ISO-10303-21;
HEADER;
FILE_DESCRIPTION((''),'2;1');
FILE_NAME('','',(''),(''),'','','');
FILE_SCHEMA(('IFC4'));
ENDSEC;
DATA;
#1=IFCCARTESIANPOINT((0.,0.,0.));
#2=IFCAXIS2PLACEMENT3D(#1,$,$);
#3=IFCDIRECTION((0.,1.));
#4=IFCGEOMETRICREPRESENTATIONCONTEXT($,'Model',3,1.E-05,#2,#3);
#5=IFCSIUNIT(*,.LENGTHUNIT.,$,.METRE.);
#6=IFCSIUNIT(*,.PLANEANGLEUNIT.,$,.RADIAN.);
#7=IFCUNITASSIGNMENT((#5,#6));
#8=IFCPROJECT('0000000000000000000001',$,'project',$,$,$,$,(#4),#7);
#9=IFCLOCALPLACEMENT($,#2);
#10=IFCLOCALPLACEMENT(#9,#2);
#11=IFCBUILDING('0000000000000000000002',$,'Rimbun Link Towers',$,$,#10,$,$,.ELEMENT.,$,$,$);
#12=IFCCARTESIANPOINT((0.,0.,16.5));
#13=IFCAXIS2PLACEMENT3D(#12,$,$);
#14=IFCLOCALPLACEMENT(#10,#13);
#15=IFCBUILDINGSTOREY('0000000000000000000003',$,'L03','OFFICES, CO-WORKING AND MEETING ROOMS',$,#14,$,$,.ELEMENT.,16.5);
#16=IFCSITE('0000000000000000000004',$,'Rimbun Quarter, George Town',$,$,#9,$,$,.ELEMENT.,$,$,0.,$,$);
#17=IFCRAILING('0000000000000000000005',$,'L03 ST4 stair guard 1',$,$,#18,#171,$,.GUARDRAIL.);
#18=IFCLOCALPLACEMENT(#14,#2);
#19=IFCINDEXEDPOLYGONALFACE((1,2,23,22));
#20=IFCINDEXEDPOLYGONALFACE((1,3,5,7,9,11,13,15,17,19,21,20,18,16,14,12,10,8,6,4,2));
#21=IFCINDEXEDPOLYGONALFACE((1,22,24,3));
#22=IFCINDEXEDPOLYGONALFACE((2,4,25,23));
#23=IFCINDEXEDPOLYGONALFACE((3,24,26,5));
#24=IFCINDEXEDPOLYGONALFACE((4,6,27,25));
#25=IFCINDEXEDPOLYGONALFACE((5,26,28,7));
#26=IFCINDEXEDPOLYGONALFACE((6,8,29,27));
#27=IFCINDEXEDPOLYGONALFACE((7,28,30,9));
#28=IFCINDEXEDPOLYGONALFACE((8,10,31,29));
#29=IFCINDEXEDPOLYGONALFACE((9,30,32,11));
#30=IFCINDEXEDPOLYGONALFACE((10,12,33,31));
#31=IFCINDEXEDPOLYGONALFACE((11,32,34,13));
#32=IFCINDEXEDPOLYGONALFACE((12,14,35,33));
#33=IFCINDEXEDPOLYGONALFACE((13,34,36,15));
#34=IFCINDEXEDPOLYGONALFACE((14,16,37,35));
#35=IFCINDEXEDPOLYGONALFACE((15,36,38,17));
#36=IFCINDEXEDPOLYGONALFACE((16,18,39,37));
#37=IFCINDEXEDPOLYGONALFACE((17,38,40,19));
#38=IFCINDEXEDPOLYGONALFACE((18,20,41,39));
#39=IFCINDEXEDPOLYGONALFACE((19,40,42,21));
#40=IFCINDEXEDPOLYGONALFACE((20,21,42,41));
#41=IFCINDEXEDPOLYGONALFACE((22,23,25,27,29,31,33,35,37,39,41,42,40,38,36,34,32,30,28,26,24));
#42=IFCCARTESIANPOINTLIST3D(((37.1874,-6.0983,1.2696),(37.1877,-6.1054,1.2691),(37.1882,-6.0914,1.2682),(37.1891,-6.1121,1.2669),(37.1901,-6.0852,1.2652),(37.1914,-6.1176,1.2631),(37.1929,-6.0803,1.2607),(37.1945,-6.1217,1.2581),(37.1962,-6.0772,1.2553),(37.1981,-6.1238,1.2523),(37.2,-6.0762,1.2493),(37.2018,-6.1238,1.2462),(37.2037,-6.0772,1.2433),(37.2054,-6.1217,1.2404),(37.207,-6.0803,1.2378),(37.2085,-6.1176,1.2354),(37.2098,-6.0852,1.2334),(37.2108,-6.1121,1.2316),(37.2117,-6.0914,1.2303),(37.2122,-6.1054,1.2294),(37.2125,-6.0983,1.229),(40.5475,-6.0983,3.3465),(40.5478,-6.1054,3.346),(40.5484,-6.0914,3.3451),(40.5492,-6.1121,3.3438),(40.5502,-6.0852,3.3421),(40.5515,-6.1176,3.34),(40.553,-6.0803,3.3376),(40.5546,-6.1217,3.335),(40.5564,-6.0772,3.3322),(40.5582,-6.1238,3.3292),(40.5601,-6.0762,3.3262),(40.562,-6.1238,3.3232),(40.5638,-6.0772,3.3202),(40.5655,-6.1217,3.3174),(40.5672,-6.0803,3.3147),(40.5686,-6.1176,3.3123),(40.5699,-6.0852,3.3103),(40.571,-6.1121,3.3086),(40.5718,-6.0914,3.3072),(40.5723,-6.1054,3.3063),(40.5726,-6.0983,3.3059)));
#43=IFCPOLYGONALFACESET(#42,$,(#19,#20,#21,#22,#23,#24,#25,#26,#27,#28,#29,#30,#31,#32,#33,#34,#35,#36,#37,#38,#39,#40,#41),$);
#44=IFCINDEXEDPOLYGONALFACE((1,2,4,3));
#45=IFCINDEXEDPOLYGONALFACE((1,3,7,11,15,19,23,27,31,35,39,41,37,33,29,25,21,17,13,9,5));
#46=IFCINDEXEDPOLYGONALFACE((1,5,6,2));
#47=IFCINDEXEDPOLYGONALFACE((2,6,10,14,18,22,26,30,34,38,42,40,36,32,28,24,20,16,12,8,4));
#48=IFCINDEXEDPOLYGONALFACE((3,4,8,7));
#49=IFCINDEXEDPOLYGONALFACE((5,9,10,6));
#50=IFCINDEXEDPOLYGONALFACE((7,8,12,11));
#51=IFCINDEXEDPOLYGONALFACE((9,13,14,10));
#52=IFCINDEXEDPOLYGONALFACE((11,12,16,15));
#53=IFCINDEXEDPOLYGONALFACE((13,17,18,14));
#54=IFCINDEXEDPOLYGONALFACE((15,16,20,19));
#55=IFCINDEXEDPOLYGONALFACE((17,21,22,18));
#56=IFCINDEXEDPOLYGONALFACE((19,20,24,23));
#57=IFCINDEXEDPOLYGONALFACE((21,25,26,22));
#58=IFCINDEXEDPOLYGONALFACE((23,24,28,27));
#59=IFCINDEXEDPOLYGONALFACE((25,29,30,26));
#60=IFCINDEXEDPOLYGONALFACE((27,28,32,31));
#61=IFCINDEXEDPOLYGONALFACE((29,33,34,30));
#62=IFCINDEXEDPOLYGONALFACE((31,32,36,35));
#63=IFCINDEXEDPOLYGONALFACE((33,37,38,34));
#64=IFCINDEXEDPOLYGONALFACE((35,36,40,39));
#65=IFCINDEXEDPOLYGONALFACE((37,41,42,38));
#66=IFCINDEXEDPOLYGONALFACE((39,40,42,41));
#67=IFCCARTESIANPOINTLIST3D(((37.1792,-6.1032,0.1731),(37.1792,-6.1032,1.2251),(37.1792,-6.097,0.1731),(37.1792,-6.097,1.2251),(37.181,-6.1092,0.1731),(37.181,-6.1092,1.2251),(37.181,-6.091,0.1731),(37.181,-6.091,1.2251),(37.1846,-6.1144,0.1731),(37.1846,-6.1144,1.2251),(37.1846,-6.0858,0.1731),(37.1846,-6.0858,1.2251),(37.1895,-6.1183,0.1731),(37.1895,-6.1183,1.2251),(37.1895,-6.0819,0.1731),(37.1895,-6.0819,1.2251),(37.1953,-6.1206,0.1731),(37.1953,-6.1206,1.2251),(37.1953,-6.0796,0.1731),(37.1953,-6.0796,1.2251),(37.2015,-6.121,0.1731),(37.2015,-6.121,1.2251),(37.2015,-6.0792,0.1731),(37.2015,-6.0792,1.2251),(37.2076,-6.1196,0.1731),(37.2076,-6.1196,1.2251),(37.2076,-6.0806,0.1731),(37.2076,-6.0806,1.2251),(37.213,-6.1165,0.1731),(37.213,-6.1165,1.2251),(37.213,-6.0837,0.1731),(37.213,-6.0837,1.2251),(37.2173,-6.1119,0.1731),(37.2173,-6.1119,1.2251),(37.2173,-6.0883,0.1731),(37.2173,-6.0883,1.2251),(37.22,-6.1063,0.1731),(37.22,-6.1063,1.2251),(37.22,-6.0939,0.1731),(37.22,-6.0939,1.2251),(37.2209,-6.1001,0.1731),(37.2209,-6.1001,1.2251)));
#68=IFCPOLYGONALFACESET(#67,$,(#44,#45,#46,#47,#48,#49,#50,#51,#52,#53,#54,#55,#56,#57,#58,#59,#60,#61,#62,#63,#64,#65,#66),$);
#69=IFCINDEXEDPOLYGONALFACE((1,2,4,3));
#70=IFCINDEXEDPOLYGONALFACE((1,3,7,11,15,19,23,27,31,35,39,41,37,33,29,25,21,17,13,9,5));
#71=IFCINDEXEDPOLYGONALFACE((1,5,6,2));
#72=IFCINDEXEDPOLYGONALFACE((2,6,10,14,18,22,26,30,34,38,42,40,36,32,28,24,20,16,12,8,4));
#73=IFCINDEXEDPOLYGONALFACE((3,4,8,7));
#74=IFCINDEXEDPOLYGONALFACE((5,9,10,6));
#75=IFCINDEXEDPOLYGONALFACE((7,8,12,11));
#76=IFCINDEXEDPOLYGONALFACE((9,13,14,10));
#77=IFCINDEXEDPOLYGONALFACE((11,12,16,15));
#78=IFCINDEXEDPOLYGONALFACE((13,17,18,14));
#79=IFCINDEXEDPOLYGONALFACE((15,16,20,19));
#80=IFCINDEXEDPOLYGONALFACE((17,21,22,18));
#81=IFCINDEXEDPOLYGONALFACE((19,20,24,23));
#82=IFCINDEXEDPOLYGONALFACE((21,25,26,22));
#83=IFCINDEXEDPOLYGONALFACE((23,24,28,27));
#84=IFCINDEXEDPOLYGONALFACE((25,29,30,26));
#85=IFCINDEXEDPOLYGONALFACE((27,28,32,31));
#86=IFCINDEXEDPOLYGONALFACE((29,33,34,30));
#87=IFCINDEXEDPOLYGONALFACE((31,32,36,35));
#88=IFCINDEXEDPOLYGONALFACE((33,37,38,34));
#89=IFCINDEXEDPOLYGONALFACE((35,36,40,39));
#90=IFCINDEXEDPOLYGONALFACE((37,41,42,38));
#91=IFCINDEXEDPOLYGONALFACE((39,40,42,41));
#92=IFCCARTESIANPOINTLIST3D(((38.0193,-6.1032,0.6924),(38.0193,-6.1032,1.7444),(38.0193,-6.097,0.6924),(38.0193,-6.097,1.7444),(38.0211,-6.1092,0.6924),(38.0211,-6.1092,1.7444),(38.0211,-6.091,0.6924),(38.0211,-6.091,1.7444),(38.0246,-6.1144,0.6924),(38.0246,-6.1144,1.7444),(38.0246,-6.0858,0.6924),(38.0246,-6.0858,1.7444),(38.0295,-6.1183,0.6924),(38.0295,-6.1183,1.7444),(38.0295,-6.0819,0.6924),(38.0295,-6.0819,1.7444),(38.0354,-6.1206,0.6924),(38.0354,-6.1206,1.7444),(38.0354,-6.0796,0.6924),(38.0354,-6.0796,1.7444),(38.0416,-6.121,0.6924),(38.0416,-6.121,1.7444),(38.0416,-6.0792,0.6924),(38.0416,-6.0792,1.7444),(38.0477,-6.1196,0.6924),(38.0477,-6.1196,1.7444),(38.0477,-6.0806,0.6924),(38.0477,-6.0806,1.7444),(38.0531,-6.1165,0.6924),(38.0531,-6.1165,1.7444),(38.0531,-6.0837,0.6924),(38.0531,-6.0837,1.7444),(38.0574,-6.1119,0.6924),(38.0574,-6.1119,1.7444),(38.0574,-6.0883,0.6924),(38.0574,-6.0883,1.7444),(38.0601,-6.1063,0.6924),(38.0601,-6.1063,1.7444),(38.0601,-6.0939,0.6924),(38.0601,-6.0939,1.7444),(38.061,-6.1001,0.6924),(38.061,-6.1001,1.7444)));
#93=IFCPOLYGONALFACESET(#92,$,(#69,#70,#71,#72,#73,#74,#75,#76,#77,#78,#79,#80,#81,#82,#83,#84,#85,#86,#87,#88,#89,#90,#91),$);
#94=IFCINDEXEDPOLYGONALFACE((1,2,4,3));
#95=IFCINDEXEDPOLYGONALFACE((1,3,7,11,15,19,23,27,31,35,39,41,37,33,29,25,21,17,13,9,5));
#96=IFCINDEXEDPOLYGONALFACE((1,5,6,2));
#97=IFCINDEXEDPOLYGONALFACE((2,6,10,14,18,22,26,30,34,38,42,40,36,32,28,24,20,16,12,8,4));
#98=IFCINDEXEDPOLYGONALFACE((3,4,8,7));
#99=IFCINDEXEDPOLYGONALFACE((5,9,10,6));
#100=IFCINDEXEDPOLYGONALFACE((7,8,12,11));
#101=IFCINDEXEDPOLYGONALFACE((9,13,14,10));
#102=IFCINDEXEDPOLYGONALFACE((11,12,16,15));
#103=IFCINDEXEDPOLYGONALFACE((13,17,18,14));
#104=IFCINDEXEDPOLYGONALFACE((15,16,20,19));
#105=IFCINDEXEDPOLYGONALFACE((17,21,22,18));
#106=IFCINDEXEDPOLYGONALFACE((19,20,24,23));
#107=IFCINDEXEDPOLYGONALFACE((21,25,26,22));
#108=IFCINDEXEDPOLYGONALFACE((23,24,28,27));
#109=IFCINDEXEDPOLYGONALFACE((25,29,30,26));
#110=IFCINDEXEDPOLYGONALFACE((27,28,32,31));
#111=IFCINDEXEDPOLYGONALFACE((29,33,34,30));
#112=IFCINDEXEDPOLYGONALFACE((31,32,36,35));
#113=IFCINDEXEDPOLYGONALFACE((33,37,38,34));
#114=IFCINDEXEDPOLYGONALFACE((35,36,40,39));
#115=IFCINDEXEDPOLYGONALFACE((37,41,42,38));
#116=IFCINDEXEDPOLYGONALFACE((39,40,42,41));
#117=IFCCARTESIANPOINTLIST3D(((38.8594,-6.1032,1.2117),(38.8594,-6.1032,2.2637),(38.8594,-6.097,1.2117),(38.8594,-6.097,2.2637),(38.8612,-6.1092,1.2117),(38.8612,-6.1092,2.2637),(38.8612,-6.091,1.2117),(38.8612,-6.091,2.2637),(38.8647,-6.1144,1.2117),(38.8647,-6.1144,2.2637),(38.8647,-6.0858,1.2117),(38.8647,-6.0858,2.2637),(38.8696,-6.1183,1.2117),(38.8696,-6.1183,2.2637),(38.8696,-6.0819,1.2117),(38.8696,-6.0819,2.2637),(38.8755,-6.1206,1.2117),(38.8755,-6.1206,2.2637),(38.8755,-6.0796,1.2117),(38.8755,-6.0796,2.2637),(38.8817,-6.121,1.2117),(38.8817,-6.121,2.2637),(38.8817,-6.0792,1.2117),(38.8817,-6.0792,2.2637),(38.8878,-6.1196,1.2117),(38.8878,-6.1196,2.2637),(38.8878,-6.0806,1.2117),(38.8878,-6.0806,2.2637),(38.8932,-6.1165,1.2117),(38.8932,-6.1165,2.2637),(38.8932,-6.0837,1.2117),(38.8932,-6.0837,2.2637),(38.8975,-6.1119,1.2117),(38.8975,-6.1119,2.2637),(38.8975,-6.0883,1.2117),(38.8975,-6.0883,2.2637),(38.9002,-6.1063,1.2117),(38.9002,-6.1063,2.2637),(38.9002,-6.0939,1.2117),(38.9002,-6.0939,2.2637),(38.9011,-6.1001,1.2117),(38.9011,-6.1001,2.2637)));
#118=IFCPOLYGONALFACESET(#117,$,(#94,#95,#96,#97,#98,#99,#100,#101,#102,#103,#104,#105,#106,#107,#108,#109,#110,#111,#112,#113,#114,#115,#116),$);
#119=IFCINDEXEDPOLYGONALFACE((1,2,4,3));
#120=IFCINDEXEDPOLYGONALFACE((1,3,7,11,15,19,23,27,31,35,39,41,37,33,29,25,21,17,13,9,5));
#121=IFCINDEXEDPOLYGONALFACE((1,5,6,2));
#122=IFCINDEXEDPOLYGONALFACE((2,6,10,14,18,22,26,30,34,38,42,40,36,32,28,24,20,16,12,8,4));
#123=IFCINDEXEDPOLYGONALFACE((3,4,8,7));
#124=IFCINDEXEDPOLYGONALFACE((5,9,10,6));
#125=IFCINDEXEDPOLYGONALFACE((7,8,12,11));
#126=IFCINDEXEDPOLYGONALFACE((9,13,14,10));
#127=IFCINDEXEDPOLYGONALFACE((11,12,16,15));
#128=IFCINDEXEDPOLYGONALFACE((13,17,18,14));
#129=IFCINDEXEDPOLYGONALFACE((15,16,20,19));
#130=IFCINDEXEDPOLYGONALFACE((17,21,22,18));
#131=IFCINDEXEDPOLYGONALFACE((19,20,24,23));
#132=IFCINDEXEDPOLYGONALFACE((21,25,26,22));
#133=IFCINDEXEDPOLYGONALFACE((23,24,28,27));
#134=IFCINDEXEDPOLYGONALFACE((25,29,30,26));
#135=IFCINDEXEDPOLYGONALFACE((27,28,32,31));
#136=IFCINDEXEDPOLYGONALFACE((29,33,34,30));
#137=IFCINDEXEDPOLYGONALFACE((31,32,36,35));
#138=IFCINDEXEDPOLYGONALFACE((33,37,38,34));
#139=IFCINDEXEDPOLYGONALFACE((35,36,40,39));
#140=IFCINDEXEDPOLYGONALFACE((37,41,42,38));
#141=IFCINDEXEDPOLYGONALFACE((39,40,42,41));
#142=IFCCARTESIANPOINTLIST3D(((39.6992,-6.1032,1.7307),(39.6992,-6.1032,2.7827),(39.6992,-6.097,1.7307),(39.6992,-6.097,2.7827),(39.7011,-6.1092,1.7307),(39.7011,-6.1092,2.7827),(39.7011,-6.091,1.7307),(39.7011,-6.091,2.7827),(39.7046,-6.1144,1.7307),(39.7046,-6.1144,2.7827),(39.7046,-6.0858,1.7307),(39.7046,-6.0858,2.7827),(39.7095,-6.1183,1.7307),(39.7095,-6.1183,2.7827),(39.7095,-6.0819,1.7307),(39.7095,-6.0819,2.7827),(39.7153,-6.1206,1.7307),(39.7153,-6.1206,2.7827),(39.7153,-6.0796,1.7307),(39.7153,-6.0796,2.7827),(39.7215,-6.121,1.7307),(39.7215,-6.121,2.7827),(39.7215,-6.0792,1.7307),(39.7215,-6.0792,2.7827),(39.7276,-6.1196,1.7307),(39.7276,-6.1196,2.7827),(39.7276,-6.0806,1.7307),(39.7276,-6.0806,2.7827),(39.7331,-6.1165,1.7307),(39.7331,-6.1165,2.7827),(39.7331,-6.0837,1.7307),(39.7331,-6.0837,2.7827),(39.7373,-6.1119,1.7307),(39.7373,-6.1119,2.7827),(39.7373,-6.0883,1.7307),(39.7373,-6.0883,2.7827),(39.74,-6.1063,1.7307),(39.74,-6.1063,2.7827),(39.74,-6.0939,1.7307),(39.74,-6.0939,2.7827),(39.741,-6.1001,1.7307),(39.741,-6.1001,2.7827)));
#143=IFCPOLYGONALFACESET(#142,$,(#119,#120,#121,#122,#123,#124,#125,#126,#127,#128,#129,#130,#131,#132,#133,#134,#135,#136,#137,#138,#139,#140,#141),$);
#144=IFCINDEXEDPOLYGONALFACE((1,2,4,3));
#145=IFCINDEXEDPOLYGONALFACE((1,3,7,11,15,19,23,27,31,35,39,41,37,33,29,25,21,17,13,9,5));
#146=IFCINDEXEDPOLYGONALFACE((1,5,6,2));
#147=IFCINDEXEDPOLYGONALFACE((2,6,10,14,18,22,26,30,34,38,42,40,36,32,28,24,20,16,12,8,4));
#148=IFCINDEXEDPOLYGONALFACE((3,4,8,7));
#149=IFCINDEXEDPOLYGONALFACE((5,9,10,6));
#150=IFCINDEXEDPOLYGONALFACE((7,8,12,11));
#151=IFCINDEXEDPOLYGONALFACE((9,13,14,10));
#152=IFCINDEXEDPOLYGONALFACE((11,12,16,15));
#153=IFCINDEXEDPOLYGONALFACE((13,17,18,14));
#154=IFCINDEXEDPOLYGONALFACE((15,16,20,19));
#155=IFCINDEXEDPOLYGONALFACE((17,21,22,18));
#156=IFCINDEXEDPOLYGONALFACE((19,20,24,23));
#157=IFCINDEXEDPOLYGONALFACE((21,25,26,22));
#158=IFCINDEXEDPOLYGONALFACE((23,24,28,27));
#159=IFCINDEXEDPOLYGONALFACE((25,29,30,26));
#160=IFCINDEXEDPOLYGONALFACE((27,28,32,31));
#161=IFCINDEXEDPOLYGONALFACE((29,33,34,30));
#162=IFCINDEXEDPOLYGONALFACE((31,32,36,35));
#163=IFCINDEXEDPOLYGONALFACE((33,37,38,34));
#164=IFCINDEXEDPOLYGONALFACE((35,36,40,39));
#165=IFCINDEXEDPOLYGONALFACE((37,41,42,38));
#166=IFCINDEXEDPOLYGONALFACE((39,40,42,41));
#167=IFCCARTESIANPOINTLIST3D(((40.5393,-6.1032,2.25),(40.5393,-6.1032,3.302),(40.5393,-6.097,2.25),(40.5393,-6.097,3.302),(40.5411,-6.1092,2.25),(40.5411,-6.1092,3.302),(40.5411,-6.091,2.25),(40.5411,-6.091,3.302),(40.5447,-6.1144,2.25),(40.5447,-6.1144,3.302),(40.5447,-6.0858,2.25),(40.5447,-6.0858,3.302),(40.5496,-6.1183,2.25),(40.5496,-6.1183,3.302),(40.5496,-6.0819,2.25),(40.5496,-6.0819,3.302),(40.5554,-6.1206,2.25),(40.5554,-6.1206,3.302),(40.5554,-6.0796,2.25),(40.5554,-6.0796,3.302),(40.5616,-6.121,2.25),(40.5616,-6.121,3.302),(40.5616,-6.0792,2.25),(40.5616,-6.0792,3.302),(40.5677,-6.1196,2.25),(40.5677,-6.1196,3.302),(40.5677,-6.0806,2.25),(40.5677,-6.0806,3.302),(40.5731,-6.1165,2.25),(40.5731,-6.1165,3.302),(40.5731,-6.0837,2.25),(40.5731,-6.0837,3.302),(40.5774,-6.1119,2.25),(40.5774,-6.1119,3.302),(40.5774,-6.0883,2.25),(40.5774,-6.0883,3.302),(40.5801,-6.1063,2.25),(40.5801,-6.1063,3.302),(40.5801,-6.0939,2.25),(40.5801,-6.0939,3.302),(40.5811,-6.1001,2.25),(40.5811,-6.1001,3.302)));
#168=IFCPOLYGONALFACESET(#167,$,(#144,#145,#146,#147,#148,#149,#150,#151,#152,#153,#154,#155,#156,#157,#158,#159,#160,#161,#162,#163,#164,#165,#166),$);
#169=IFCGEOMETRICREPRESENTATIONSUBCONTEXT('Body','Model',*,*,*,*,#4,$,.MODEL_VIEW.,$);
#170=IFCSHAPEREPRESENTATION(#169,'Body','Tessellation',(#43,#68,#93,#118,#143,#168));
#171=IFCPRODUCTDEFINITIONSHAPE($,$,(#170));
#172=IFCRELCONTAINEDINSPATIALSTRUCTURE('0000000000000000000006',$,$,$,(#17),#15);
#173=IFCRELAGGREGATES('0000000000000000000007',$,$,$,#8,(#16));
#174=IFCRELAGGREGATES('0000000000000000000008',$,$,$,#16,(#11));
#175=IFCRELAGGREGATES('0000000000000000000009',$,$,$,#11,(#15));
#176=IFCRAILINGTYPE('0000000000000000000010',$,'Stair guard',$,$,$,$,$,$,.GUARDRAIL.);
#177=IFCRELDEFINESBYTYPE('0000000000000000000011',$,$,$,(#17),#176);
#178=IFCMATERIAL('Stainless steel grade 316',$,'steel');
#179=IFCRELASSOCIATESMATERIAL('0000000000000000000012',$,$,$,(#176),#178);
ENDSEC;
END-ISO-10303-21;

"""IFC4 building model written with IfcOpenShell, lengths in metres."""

from ifc_helpers import new_model, si_unit, direction, frame, origin, origin_2d, place, context, subcontext, project, spatial, circle, extrude, material, type_object, element, save


model = new_model("IFC4")

# Units and contexts
model_context = context("Model", 3, precision=1e-05, world=origin(), true_north=direction((0.0, 1.0)))
body_context = subcontext(model_context, "Body", "Model", "MODEL_VIEW")
ifc_project = project(units=[si_unit("LENGTHUNIT", "METRE"), si_unit("PLANEANGLEUNIT", "RADIAN")], contexts=[model_context])

# Site, building, storey
site_placement = place(None, origin())
site = spatial("IfcSite", under=ifc_project, at=site_placement, Name="Rimbun Quarter, George Town", CompositionType="ELEMENT", RefElevation=0.0)
building_placement = place(site_placement, origin())
building = spatial("IfcBuilding", under=site, at=building_placement, Name="Rimbun Link Towers", CompositionType="ELEMENT")
storey_placement = place(building_placement, frame((0.0, 0.0, 16.5)))
storey = spatial("IfcBuildingStorey", under=building, at=storey_placement, Name="L03", Description="OFFICES, CO-WORKING AND MEETING ROOMS", CompositionType="ELEMENT", Elevation=16.5)

# Railing
ifc_material_1 = material(Name="Stainless steel grade 316", Category="steel")
railing_type_1 = type_object("IfcRailingType", Name="Stair guard", PredefinedType="GUARDRAIL", material=ifc_material_1)
railing_1_placement = place(storey_placement, frame((37.2, -6.1001, 0.1731)))
element("IfcRailing", 1, at=railing_1_placement, inside=storey, type_object=railing_type_1, Name="L03 ST4 stair guard 1", PredefinedType="GUARDRAIL", context=body_context, shape_type="SweptSolid", body=[
    extrude(circle(Radius=0.0239, at=origin_2d()), frame((0.0, 0.0, 1.0762), z_axis=(0.850623, 0.0, 0.525776), x_axis=(0.0, 1.0, 0.0)), (0.0, 0.0, 1.0), 3.9502),
    extrude(circle(Radius=0.021, at=origin_2d()), origin(), (0.0, 0.0, 1.0), 1.052),
    extrude(circle(Radius=0.021, at=origin_2d()), frame((0.8401, 0.0, 0.5193)), (0.0, 0.0, 1.0), 1.052),
    extrude(circle(Radius=0.021, at=origin_2d()), frame((1.6802, 0.0, 1.0386)), (0.0, 0.0, 1.0), 1.052),
    extrude(circle(Radius=0.021, at=origin_2d()), frame((2.52, 0.0, 1.5576)), (0.0, 0.0, 1.0), 1.052),
    extrude(circle(Radius=0.021, at=origin_2d()), frame((3.3601, 0.0, 2.0769)), (0.0, 0.0, 1.0), 1.052),
])

save(model, "model.ifc")
